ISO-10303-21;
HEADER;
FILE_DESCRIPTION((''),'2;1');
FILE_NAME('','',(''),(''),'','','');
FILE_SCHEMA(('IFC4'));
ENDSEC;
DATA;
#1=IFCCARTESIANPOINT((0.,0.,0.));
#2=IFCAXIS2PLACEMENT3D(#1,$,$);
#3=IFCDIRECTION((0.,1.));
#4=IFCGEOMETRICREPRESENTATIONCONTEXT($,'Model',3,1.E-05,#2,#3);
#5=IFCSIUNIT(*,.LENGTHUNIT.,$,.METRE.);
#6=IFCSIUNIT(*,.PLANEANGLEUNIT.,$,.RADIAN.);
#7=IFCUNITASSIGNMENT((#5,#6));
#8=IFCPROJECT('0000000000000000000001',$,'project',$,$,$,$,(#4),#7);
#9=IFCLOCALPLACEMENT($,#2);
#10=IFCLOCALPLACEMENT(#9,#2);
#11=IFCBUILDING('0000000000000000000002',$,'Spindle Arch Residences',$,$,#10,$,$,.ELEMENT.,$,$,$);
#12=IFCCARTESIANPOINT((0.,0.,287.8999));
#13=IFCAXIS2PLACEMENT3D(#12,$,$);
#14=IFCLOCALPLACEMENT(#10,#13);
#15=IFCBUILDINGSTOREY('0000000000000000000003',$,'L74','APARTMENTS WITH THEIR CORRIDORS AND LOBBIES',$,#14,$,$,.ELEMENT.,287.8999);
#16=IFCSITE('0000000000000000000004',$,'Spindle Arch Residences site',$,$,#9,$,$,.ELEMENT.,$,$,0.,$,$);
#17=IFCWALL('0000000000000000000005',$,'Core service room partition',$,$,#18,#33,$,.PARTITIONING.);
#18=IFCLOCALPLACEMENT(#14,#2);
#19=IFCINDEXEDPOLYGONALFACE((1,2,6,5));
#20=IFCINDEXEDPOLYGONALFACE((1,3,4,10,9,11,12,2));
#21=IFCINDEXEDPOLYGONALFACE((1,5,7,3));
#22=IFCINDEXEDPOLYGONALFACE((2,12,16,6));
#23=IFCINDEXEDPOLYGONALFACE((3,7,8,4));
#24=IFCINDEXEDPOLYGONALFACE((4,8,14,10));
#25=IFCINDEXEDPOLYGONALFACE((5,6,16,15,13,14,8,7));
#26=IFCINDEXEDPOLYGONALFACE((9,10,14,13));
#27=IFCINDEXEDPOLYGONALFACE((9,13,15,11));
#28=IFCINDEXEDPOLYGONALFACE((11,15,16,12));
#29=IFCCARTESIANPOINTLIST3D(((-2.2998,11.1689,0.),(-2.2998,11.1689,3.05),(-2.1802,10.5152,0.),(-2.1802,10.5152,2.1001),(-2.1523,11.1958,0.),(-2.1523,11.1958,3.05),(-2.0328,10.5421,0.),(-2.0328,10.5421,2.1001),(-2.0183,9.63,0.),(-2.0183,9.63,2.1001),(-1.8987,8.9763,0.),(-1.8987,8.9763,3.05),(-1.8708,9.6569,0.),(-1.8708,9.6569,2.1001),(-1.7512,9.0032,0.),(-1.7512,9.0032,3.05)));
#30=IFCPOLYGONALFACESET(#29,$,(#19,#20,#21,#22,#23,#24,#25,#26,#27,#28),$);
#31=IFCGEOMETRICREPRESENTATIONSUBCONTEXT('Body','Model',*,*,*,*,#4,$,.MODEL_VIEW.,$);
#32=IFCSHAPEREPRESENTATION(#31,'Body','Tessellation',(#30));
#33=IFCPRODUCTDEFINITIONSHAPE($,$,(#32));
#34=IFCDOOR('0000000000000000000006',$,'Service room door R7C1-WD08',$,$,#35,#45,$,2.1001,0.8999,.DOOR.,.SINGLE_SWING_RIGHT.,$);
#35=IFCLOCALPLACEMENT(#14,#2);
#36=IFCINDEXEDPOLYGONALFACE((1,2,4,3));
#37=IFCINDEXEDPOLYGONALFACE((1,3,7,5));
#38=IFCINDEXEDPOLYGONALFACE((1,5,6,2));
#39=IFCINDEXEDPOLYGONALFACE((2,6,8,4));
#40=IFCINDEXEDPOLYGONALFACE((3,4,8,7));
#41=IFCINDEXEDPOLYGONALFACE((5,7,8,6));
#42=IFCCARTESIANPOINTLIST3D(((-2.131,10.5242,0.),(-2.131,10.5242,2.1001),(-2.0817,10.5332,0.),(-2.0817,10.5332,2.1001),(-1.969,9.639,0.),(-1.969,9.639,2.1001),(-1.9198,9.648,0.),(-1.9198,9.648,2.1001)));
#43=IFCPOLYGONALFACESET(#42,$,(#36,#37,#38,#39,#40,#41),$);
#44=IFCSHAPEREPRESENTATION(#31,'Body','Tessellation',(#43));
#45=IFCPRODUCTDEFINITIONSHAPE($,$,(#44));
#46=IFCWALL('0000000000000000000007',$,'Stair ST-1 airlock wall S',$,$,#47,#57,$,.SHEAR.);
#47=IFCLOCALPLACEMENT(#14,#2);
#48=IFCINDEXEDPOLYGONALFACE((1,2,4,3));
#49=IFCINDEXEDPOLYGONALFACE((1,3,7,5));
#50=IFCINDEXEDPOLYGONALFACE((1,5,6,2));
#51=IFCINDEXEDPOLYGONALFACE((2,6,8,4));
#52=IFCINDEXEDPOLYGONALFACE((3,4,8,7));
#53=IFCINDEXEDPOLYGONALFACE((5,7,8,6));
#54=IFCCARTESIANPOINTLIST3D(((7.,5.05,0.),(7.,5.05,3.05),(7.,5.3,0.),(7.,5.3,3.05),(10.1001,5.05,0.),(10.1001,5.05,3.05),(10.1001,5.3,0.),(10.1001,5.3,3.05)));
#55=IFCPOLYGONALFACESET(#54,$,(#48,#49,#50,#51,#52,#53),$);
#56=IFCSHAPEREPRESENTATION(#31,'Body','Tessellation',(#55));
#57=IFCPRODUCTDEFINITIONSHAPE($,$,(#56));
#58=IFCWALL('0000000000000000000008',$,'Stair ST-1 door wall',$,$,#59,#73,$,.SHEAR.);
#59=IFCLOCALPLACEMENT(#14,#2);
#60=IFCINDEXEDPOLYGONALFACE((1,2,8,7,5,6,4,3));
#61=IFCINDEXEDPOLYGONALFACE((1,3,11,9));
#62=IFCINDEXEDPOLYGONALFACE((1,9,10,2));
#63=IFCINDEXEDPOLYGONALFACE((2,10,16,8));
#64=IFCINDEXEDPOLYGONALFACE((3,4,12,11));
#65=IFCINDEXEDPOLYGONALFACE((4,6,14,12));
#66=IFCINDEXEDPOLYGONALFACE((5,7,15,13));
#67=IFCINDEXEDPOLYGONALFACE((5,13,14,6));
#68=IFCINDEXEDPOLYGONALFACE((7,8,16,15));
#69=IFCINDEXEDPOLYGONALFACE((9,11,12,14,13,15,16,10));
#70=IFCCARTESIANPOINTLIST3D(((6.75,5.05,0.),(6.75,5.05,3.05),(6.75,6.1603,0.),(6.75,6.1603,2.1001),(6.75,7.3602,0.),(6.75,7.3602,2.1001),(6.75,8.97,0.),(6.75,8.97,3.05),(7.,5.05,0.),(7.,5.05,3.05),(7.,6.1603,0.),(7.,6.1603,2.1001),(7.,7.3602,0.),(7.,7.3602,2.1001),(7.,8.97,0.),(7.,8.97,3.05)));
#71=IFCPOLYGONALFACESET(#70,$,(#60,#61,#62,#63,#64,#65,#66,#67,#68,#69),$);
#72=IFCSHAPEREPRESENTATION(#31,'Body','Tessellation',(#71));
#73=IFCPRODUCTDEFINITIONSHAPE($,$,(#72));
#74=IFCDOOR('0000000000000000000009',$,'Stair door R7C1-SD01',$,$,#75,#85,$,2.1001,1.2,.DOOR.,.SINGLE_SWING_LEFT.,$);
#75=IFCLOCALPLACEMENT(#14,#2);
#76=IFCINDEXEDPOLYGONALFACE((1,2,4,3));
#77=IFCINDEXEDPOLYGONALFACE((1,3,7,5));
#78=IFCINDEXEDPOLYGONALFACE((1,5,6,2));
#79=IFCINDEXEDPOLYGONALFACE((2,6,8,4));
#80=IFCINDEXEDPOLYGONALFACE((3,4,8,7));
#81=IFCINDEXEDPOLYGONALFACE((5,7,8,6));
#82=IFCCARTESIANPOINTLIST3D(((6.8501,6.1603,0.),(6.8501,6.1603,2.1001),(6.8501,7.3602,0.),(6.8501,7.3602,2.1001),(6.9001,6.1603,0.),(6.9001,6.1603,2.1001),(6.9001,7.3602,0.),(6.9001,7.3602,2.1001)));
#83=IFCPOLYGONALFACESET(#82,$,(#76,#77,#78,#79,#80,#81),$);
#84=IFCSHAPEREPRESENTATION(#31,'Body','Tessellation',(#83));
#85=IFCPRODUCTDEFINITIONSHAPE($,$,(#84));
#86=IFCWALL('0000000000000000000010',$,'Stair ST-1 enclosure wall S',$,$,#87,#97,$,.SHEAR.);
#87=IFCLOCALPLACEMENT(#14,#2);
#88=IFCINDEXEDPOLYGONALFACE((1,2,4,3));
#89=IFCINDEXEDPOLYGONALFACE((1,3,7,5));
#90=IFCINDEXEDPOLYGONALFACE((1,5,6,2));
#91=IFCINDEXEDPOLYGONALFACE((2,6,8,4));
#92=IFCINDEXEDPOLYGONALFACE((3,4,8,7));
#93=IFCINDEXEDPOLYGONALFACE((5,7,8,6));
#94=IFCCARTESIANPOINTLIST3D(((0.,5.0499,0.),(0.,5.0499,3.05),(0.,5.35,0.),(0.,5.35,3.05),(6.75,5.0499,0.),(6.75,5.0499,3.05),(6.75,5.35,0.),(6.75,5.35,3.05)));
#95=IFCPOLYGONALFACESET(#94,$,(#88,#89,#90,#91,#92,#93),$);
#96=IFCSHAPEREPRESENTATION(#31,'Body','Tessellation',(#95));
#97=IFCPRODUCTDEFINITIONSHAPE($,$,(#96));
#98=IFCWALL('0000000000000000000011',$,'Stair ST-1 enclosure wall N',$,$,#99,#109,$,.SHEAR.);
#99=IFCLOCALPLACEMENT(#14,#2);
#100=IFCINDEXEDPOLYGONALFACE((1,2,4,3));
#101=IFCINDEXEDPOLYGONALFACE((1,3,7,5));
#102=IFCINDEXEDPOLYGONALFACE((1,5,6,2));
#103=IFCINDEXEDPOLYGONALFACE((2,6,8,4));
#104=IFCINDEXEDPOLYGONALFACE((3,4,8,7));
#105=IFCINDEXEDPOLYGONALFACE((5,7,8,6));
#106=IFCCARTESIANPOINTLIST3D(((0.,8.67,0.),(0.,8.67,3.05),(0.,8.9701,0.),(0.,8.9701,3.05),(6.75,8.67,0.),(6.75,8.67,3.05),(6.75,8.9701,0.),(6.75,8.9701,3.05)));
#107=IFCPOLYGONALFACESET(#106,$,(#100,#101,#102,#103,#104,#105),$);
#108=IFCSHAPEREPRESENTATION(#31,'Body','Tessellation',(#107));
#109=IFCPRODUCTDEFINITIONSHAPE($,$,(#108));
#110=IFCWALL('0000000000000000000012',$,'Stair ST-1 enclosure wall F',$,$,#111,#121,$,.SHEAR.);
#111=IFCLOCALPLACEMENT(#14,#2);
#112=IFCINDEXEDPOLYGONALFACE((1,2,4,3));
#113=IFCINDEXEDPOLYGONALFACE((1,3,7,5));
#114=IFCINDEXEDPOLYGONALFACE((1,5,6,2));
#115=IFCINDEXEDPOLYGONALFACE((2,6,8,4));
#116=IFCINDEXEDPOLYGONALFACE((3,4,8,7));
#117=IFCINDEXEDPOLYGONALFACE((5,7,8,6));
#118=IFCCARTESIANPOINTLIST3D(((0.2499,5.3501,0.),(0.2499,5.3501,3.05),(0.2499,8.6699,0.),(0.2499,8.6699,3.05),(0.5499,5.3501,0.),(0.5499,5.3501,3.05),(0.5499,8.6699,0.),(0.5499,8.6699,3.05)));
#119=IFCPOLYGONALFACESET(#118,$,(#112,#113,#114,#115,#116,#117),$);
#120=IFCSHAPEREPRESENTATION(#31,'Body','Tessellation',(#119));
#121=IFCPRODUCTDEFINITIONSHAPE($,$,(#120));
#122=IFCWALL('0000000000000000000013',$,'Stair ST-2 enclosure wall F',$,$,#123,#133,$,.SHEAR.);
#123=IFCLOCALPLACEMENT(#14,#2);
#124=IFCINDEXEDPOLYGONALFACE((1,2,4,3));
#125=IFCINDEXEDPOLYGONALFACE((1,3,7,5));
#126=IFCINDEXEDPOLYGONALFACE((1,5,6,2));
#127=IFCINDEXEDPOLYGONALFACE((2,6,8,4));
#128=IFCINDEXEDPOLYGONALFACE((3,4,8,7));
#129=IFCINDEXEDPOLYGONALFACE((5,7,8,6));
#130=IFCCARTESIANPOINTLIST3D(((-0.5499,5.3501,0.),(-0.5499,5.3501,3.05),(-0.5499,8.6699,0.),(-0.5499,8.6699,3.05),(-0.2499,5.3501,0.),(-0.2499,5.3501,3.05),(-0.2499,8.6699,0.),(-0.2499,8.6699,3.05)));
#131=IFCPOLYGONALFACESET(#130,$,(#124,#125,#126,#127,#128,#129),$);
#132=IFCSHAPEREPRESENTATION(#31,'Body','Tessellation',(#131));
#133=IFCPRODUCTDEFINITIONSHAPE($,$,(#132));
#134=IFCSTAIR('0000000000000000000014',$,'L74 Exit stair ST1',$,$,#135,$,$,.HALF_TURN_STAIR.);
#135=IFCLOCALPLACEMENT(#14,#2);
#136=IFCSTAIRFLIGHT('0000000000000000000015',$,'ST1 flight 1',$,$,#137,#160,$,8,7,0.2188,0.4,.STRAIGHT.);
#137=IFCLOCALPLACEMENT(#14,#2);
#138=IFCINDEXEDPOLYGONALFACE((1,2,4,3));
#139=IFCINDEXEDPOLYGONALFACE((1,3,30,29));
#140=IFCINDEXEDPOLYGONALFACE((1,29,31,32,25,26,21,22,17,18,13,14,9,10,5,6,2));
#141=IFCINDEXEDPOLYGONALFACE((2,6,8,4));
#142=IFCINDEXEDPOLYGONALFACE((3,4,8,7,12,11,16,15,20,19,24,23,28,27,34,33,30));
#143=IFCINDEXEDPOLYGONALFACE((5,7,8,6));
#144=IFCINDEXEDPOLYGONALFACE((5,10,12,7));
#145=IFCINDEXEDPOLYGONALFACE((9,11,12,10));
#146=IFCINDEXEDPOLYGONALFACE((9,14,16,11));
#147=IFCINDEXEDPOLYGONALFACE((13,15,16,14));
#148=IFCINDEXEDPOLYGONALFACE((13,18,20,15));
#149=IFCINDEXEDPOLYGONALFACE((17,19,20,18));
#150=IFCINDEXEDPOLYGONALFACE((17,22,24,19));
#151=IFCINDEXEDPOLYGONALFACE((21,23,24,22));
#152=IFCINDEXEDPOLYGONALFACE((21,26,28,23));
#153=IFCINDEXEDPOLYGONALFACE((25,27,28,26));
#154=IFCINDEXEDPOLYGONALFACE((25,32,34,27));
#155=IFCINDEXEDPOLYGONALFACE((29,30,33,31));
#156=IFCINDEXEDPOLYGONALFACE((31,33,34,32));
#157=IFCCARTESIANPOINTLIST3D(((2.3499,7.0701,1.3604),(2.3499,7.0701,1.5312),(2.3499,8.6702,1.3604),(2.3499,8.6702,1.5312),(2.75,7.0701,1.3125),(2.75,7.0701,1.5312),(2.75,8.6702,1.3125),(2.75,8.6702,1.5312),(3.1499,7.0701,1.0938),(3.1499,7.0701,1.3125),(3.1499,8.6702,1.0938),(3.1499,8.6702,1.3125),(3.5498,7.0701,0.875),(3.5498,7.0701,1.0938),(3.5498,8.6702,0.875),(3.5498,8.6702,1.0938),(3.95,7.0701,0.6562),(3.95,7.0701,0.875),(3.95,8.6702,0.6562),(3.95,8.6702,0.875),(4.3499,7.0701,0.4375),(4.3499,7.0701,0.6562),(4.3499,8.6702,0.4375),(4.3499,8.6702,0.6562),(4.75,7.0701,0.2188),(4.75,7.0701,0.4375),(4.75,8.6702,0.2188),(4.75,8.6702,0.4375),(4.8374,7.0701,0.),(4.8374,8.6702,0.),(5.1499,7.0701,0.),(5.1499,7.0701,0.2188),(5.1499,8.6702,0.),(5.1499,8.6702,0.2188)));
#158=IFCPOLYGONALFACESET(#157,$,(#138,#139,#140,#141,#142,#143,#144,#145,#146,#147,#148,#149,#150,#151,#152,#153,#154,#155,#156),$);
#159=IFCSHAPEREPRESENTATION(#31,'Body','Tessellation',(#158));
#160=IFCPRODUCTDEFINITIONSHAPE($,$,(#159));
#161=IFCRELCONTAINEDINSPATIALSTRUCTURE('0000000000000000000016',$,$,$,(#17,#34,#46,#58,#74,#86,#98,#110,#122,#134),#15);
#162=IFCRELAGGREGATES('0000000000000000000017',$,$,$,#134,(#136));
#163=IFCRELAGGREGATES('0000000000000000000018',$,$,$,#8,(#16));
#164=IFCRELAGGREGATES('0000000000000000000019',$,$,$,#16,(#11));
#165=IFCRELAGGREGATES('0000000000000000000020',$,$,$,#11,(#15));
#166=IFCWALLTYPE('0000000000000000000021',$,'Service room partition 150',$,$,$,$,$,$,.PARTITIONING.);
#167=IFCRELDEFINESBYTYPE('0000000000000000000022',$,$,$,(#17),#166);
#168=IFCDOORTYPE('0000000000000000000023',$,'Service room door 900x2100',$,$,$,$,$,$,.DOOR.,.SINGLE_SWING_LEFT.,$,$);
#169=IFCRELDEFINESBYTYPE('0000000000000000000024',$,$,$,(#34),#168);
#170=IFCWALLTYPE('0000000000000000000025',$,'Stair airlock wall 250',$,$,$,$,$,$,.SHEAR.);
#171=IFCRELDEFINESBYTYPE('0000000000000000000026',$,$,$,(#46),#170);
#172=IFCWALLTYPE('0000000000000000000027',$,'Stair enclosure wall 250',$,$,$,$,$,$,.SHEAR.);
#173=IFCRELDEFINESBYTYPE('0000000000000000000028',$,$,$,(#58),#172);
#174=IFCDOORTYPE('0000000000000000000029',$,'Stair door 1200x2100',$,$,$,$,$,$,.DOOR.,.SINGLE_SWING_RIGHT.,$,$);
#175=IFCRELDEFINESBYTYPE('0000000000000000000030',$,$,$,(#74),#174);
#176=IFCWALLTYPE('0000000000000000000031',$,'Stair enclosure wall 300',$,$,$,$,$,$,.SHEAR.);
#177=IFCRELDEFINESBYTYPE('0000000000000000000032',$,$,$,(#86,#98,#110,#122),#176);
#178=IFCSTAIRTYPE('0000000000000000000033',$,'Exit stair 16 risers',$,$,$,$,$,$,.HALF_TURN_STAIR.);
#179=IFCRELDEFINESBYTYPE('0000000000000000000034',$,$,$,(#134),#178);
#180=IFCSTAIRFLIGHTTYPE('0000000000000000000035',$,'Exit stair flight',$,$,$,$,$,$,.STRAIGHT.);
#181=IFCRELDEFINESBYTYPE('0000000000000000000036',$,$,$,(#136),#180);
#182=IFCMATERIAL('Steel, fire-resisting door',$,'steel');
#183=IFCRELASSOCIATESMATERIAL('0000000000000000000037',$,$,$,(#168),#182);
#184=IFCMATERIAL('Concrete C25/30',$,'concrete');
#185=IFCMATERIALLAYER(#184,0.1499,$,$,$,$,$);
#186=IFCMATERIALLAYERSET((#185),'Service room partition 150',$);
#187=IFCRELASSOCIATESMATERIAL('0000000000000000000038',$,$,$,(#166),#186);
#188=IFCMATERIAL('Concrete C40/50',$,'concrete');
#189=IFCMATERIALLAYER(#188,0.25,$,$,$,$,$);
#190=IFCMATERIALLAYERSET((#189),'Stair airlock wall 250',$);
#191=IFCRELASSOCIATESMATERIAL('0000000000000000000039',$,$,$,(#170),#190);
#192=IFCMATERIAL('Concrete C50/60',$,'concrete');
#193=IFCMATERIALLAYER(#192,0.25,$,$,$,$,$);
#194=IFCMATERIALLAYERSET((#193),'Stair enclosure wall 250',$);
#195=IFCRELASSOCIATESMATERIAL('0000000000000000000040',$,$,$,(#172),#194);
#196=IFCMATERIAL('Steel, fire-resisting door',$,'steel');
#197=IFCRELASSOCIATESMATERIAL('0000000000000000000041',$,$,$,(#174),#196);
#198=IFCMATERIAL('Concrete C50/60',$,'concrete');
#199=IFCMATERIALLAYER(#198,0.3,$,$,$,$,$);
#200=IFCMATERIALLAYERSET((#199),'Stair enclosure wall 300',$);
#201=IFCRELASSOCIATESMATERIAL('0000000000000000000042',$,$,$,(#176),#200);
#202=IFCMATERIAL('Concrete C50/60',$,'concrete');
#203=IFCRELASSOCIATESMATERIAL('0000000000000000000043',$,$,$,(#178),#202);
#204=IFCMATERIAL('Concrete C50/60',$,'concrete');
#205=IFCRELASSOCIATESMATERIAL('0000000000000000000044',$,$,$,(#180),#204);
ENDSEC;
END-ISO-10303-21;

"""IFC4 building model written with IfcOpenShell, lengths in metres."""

from ifc_helpers import new_model, si_unit, direction, frame, frame_2d, origin, place, context, subcontext, project, spatial, polyline, rectangle, outline, extrude, material, layer, layer_set, type_object, element, fill, aggregate, save


model = new_model("IFC4")

# Units and contexts
model_context = context("Model", 3, precision=1e-05, world=origin(), true_north=direction((0.0, 1.0)))
body_context = subcontext(model_context, "Body", "Model", "MODEL_VIEW")
ifc_project = project(units=[si_unit("LENGTHUNIT", "METRE"), si_unit("PLANEANGLEUNIT", "RADIAN")], contexts=[model_context])

# Site, building, storey
site_placement = place(None, origin())
site = spatial("IfcSite", under=ifc_project, at=site_placement, Name="Spindle Arch Residences site", CompositionType="ELEMENT", RefElevation=0.0)
building_placement = place(site_placement, origin())
building = spatial("IfcBuilding", under=site, at=building_placement, Name="Spindle Arch Residences", CompositionType="ELEMENT")
storey_placement = place(building_placement, frame((0.0, 0.0, 287.8999)))
storey = spatial("IfcBuildingStorey", under=building, at=storey_placement, Name="L74", Description="APARTMENTS WITH THEIR CORRIDORS AND LOBBIES", CompositionType="ELEMENT", Elevation=287.8999)

# Shared definitions
ifc_material_1 = material(Name="Steel, fire-resisting door", Category="steel")
door_type_1 = type_object("IfcDoorType", Name="Service room door 900x2100", OperationType="SINGLE_SWING_LEFT", PredefinedType="DOOR", material=ifc_material_1)

# Wall, opening, door
ifc_material_2 = material(Name="Concrete C25/30", Category="concrete")
ifc_layer_1 = layer(ifc_material_2, 0.1499)
ifc_layer_set_1 = layer_set([ifc_layer_1], Name="Service room partition 150")
wall_type_1 = type_object("IfcWallType", Name="Service room partition 150", PredefinedType="PARTITIONING", material=ifc_layer_set_1)
wall_1_placement = place(storey_placement, frame((-1.825, 8.9897, 0.0), z_axis=(0.0, 0.0, 1.0), x_axis=(-0.179955, 0.983675, 0.0)))
wall_1 = element("IfcWall", 1, at=wall_1_placement, inside=storey, type_object=wall_type_1, Name="Core service room partition", PredefinedType="PARTITIONING", context=body_context, shape_type="SweptSolid", body=[
    extrude(rectangle(XDim=2.229, YDim=0.1499, at=frame_2d((1.1145, 0.0))), origin(), (0.0, 0.0, 1.0), 3.05),
])
opening_1_placement = place(wall_1_placement, frame((0.6646, 0.0, 0.0)))
opening_1 = element("IfcOpeningElement", 2, at=opening_1_placement, cuts=wall_1, PredefinedType="OPENING", context=body_context, shape_type="SweptSolid", body=[
    extrude(rectangle(XDim=0.8999, YDim=2.1001, at=frame_2d((0.45, 1.05))), frame((0.0, 0.085, 0.0), z_axis=(0.0, -1.0, 0.0), x_axis=(1.0, 0.0, 0.0)), (0.0, 0.0, 1.0), 0.1699),
])
door_1_placement = place(opening_1_placement, origin())
door_1 = element("IfcDoor", 3, at=door_1_placement, inside=storey, type_object=door_type_1, Name="Service room door R7C1-WD08", OperationType="SINGLE_SWING_RIGHT", OverallHeight=2.1001, OverallWidth=0.8999, PredefinedType="DOOR", context=body_context, shape_type="SweptSolid", body=[
    extrude(rectangle(XDim=0.8999, YDim=2.1001, at=frame_2d((0.45, 1.05))), frame((0.0, 0.0249, 0.0), z_axis=(0.0, -1.0, 0.0), x_axis=(1.0, 0.0, 0.0)), (0.0, 0.0, 1.0), 0.05),
])
fill(opening_1, door_1)

# Wall
ifc_material_3 = material(Name="Concrete C40/50", Category="concrete")
ifc_layer_2 = layer(ifc_material_3, 0.25)
ifc_layer_set_2 = layer_set([ifc_layer_2], Name="Stair airlock wall 250")
wall_type_2 = type_object("IfcWallType", Name="Stair airlock wall 250", PredefinedType="SHEAR", material=ifc_layer_set_2)
wall_2_placement = place(storey_placement, frame((7.0, 5.175, 0.0), z_axis=(0.0, 0.0, 1.0), x_axis=(1.0, 0.0, 0.0)))
element("IfcWall", 4, at=wall_2_placement, inside=storey, type_object=wall_type_2, Name="Stair ST-1 airlock wall S", PredefinedType="SHEAR", context=body_context, shape_type="SweptSolid", body=[
    extrude(rectangle(XDim=3.1001, YDim=0.25, at=frame_2d((1.55, 0.0))), origin(), (0.0, 0.0, 1.0), 3.05),
])

# Wall, opening, door
ifc_material_4 = material(Name="Concrete C50/60", Category="concrete")
ifc_layer_3 = layer(ifc_material_4, 0.25)
ifc_layer_set_3 = layer_set([ifc_layer_3], Name="Stair enclosure wall 250")
wall_type_3 = type_object("IfcWallType", Name="Stair enclosure wall 250", PredefinedType="SHEAR", material=ifc_layer_set_3)
wall_3_placement = place(storey_placement, frame((6.875, 5.05, 0.0), z_axis=(0.0, 0.0, 1.0), x_axis=(0.0, 1.0, 0.0)))
wall_3 = element("IfcWall", 5, at=wall_3_placement, inside=storey, type_object=wall_type_3, Name="Stair ST-1 door wall", PredefinedType="SHEAR", context=body_context, shape_type="SweptSolid", body=[
    extrude(rectangle(XDim=3.9199, YDim=0.25, at=frame_2d((1.96, 0.0))), origin(), (0.0, 0.0, 1.0), 3.05),
])
opening_2_placement = place(wall_3_placement, frame((1.1101, 0.0, 0.0)))
opening_2 = element("IfcOpeningElement", 6, at=opening_2_placement, cuts=wall_3, PredefinedType="OPENING", context=body_context, shape_type="SweptSolid", body=[
    extrude(rectangle(XDim=1.2, YDim=2.1001, at=frame_2d((0.6001, 1.05))), frame((0.0, 0.135, 0.0), z_axis=(0.0, -1.0, 0.0), x_axis=(1.0, 0.0, 0.0)), (0.0, 0.0, 1.0), 0.27),
])
ifc_material_5 = material(Name="Steel, fire-resisting door", Category="steel")
door_type_2 = type_object("IfcDoorType", Name="Stair door 1200x2100", OperationType="SINGLE_SWING_RIGHT", PredefinedType="DOOR", material=ifc_material_5)
door_2_placement = place(opening_2_placement, origin())
door_2 = element("IfcDoor", 7, at=door_2_placement, inside=storey, type_object=door_type_2, Name="Stair door R7C1-SD01", OperationType="SINGLE_SWING_LEFT", OverallHeight=2.1001, OverallWidth=1.2, PredefinedType="DOOR", context=body_context, shape_type="SweptSolid", body=[
    extrude(rectangle(XDim=1.2, YDim=2.1001, at=frame_2d((0.6001, 1.05))), frame((0.0, 0.0249, 0.0), z_axis=(0.0, -1.0, 0.0), x_axis=(1.0, 0.0, 0.0)), (0.0, 0.0, 1.0), 0.05),
])
fill(opening_2, door_2)

# Walls
ifc_material_6 = material(Name="Concrete C50/60", Category="concrete")
ifc_layer_4 = layer(ifc_material_6, 0.3)
ifc_layer_set_4 = layer_set([ifc_layer_4], Name="Stair enclosure wall 300")
wall_type_4 = type_object("IfcWallType", Name="Stair enclosure wall 300", PredefinedType="SHEAR", material=ifc_layer_set_4)
for number, where, z_axis, x_axis, name in (
    (8, (0.0, 5.2, 0.0), (0.0, 0.0, 1.0), (1.0, 0.0, 0.0), "Stair ST-1 enclosure wall S"),
    (9, (0.0, 8.8201, 0.0), (0.0, 0.0, 1.0), (1.0, 0.0, 0.0), "Stair ST-1 enclosure wall N"),
):
    element("IfcWall", number, at=place(storey_placement, frame(where, z_axis=z_axis, x_axis=x_axis)), inside=storey, type_object=wall_type_4, Name=name, PredefinedType="SHEAR", context=body_context, shape_type="SweptSolid", body=[
        extrude(rectangle(XDim=6.75, YDim=0.3, at=frame_2d((3.375, 0.0))), origin(), (0.0, 0.0, 1.0), 3.05),
    ])
for number, where, z_axis, x_axis, name in (
    (10, (0.3999, 5.3501, 0.0), (0.0, 0.0, 1.0), (0.0, 1.0, 0.0), "Stair ST-1 enclosure wall F"),
    (11, (-0.3999, 5.3501, 0.0), (0.0, 0.0, 1.0), (0.0, 1.0, 0.0), "Stair ST-2 enclosure wall F"),
):
    element("IfcWall", number, at=place(storey_placement, frame(where, z_axis=z_axis, x_axis=x_axis)), inside=storey, type_object=wall_type_4, Name=name, PredefinedType="SHEAR", context=body_context, shape_type="SweptSolid", body=[
        extrude(rectangle(XDim=3.3198, YDim=0.3, at=frame_2d((1.6599, 0.0))), origin(), (0.0, 0.0, 1.0), 3.05),
    ])

# Stair, stair flight
ifc_material_7 = material(Name="Concrete C50/60", Category="concrete")
stair_type = type_object("IfcStairType", Name="Exit stair 16 risers", PredefinedType="HALF_TURN_STAIR", material=ifc_material_7)
stair_placement = place(storey_placement, origin())
stair = element("IfcStair", 12, at=stair_placement, inside=storey, type_object=stair_type, Name="L74 Exit stair ST1", PredefinedType="HALF_TURN_STAIR")
ifc_material_8 = material(Name="Concrete C50/60", Category="concrete")
stair_flight_type = type_object("IfcStairFlightType", Name="Exit stair flight", PredefinedType="STRAIGHT", material=ifc_material_8)
stair_flight_1_placement = place(storey_placement, frame((5.1499, 7.8701, 0.0), z_axis=(0.0, 0.0, 1.0), x_axis=(-1.0, 0.0, 0.0)))
stair_flight_1 = element("IfcStairFlight", 13, at=stair_flight_1_placement, type_object=stair_flight_type, Name="ST1 flight 1", NumberOfRisers=8, NumberOfTreads=7, PredefinedType="STRAIGHT", RiserHeight=0.2188, TreadLength=0.4, context=body_context, shape_type="SweptSolid", body=[
    extrude(outline(polyline([(0.0, 0.0), (0.0, 0.2188), (0.3999, 0.2188), (0.3999, 0.4375), (0.8, 0.4375), (0.8, 0.6562), (1.2, 0.6562), (1.2, 0.875), (1.6001, 0.875), (1.6001, 1.0938), (2.0, 1.0938), (2.0, 1.3125), (2.3999, 1.3125), (2.3999, 1.5312), (2.8, 1.5312), (2.8, 1.75), (2.8, 1.3604), (0.3125, 0.0), (0.0, 0.0)])), frame((0.0, 0.8, 0.0), z_axis=(0.0, -1.0, 0.0), x_axis=(1.0, 0.0, 0.0)), (0.0, 0.0, 1.0), 1.6001),
])
aggregate(stair, [stair_flight_1])

save(model, "model.ifc")
